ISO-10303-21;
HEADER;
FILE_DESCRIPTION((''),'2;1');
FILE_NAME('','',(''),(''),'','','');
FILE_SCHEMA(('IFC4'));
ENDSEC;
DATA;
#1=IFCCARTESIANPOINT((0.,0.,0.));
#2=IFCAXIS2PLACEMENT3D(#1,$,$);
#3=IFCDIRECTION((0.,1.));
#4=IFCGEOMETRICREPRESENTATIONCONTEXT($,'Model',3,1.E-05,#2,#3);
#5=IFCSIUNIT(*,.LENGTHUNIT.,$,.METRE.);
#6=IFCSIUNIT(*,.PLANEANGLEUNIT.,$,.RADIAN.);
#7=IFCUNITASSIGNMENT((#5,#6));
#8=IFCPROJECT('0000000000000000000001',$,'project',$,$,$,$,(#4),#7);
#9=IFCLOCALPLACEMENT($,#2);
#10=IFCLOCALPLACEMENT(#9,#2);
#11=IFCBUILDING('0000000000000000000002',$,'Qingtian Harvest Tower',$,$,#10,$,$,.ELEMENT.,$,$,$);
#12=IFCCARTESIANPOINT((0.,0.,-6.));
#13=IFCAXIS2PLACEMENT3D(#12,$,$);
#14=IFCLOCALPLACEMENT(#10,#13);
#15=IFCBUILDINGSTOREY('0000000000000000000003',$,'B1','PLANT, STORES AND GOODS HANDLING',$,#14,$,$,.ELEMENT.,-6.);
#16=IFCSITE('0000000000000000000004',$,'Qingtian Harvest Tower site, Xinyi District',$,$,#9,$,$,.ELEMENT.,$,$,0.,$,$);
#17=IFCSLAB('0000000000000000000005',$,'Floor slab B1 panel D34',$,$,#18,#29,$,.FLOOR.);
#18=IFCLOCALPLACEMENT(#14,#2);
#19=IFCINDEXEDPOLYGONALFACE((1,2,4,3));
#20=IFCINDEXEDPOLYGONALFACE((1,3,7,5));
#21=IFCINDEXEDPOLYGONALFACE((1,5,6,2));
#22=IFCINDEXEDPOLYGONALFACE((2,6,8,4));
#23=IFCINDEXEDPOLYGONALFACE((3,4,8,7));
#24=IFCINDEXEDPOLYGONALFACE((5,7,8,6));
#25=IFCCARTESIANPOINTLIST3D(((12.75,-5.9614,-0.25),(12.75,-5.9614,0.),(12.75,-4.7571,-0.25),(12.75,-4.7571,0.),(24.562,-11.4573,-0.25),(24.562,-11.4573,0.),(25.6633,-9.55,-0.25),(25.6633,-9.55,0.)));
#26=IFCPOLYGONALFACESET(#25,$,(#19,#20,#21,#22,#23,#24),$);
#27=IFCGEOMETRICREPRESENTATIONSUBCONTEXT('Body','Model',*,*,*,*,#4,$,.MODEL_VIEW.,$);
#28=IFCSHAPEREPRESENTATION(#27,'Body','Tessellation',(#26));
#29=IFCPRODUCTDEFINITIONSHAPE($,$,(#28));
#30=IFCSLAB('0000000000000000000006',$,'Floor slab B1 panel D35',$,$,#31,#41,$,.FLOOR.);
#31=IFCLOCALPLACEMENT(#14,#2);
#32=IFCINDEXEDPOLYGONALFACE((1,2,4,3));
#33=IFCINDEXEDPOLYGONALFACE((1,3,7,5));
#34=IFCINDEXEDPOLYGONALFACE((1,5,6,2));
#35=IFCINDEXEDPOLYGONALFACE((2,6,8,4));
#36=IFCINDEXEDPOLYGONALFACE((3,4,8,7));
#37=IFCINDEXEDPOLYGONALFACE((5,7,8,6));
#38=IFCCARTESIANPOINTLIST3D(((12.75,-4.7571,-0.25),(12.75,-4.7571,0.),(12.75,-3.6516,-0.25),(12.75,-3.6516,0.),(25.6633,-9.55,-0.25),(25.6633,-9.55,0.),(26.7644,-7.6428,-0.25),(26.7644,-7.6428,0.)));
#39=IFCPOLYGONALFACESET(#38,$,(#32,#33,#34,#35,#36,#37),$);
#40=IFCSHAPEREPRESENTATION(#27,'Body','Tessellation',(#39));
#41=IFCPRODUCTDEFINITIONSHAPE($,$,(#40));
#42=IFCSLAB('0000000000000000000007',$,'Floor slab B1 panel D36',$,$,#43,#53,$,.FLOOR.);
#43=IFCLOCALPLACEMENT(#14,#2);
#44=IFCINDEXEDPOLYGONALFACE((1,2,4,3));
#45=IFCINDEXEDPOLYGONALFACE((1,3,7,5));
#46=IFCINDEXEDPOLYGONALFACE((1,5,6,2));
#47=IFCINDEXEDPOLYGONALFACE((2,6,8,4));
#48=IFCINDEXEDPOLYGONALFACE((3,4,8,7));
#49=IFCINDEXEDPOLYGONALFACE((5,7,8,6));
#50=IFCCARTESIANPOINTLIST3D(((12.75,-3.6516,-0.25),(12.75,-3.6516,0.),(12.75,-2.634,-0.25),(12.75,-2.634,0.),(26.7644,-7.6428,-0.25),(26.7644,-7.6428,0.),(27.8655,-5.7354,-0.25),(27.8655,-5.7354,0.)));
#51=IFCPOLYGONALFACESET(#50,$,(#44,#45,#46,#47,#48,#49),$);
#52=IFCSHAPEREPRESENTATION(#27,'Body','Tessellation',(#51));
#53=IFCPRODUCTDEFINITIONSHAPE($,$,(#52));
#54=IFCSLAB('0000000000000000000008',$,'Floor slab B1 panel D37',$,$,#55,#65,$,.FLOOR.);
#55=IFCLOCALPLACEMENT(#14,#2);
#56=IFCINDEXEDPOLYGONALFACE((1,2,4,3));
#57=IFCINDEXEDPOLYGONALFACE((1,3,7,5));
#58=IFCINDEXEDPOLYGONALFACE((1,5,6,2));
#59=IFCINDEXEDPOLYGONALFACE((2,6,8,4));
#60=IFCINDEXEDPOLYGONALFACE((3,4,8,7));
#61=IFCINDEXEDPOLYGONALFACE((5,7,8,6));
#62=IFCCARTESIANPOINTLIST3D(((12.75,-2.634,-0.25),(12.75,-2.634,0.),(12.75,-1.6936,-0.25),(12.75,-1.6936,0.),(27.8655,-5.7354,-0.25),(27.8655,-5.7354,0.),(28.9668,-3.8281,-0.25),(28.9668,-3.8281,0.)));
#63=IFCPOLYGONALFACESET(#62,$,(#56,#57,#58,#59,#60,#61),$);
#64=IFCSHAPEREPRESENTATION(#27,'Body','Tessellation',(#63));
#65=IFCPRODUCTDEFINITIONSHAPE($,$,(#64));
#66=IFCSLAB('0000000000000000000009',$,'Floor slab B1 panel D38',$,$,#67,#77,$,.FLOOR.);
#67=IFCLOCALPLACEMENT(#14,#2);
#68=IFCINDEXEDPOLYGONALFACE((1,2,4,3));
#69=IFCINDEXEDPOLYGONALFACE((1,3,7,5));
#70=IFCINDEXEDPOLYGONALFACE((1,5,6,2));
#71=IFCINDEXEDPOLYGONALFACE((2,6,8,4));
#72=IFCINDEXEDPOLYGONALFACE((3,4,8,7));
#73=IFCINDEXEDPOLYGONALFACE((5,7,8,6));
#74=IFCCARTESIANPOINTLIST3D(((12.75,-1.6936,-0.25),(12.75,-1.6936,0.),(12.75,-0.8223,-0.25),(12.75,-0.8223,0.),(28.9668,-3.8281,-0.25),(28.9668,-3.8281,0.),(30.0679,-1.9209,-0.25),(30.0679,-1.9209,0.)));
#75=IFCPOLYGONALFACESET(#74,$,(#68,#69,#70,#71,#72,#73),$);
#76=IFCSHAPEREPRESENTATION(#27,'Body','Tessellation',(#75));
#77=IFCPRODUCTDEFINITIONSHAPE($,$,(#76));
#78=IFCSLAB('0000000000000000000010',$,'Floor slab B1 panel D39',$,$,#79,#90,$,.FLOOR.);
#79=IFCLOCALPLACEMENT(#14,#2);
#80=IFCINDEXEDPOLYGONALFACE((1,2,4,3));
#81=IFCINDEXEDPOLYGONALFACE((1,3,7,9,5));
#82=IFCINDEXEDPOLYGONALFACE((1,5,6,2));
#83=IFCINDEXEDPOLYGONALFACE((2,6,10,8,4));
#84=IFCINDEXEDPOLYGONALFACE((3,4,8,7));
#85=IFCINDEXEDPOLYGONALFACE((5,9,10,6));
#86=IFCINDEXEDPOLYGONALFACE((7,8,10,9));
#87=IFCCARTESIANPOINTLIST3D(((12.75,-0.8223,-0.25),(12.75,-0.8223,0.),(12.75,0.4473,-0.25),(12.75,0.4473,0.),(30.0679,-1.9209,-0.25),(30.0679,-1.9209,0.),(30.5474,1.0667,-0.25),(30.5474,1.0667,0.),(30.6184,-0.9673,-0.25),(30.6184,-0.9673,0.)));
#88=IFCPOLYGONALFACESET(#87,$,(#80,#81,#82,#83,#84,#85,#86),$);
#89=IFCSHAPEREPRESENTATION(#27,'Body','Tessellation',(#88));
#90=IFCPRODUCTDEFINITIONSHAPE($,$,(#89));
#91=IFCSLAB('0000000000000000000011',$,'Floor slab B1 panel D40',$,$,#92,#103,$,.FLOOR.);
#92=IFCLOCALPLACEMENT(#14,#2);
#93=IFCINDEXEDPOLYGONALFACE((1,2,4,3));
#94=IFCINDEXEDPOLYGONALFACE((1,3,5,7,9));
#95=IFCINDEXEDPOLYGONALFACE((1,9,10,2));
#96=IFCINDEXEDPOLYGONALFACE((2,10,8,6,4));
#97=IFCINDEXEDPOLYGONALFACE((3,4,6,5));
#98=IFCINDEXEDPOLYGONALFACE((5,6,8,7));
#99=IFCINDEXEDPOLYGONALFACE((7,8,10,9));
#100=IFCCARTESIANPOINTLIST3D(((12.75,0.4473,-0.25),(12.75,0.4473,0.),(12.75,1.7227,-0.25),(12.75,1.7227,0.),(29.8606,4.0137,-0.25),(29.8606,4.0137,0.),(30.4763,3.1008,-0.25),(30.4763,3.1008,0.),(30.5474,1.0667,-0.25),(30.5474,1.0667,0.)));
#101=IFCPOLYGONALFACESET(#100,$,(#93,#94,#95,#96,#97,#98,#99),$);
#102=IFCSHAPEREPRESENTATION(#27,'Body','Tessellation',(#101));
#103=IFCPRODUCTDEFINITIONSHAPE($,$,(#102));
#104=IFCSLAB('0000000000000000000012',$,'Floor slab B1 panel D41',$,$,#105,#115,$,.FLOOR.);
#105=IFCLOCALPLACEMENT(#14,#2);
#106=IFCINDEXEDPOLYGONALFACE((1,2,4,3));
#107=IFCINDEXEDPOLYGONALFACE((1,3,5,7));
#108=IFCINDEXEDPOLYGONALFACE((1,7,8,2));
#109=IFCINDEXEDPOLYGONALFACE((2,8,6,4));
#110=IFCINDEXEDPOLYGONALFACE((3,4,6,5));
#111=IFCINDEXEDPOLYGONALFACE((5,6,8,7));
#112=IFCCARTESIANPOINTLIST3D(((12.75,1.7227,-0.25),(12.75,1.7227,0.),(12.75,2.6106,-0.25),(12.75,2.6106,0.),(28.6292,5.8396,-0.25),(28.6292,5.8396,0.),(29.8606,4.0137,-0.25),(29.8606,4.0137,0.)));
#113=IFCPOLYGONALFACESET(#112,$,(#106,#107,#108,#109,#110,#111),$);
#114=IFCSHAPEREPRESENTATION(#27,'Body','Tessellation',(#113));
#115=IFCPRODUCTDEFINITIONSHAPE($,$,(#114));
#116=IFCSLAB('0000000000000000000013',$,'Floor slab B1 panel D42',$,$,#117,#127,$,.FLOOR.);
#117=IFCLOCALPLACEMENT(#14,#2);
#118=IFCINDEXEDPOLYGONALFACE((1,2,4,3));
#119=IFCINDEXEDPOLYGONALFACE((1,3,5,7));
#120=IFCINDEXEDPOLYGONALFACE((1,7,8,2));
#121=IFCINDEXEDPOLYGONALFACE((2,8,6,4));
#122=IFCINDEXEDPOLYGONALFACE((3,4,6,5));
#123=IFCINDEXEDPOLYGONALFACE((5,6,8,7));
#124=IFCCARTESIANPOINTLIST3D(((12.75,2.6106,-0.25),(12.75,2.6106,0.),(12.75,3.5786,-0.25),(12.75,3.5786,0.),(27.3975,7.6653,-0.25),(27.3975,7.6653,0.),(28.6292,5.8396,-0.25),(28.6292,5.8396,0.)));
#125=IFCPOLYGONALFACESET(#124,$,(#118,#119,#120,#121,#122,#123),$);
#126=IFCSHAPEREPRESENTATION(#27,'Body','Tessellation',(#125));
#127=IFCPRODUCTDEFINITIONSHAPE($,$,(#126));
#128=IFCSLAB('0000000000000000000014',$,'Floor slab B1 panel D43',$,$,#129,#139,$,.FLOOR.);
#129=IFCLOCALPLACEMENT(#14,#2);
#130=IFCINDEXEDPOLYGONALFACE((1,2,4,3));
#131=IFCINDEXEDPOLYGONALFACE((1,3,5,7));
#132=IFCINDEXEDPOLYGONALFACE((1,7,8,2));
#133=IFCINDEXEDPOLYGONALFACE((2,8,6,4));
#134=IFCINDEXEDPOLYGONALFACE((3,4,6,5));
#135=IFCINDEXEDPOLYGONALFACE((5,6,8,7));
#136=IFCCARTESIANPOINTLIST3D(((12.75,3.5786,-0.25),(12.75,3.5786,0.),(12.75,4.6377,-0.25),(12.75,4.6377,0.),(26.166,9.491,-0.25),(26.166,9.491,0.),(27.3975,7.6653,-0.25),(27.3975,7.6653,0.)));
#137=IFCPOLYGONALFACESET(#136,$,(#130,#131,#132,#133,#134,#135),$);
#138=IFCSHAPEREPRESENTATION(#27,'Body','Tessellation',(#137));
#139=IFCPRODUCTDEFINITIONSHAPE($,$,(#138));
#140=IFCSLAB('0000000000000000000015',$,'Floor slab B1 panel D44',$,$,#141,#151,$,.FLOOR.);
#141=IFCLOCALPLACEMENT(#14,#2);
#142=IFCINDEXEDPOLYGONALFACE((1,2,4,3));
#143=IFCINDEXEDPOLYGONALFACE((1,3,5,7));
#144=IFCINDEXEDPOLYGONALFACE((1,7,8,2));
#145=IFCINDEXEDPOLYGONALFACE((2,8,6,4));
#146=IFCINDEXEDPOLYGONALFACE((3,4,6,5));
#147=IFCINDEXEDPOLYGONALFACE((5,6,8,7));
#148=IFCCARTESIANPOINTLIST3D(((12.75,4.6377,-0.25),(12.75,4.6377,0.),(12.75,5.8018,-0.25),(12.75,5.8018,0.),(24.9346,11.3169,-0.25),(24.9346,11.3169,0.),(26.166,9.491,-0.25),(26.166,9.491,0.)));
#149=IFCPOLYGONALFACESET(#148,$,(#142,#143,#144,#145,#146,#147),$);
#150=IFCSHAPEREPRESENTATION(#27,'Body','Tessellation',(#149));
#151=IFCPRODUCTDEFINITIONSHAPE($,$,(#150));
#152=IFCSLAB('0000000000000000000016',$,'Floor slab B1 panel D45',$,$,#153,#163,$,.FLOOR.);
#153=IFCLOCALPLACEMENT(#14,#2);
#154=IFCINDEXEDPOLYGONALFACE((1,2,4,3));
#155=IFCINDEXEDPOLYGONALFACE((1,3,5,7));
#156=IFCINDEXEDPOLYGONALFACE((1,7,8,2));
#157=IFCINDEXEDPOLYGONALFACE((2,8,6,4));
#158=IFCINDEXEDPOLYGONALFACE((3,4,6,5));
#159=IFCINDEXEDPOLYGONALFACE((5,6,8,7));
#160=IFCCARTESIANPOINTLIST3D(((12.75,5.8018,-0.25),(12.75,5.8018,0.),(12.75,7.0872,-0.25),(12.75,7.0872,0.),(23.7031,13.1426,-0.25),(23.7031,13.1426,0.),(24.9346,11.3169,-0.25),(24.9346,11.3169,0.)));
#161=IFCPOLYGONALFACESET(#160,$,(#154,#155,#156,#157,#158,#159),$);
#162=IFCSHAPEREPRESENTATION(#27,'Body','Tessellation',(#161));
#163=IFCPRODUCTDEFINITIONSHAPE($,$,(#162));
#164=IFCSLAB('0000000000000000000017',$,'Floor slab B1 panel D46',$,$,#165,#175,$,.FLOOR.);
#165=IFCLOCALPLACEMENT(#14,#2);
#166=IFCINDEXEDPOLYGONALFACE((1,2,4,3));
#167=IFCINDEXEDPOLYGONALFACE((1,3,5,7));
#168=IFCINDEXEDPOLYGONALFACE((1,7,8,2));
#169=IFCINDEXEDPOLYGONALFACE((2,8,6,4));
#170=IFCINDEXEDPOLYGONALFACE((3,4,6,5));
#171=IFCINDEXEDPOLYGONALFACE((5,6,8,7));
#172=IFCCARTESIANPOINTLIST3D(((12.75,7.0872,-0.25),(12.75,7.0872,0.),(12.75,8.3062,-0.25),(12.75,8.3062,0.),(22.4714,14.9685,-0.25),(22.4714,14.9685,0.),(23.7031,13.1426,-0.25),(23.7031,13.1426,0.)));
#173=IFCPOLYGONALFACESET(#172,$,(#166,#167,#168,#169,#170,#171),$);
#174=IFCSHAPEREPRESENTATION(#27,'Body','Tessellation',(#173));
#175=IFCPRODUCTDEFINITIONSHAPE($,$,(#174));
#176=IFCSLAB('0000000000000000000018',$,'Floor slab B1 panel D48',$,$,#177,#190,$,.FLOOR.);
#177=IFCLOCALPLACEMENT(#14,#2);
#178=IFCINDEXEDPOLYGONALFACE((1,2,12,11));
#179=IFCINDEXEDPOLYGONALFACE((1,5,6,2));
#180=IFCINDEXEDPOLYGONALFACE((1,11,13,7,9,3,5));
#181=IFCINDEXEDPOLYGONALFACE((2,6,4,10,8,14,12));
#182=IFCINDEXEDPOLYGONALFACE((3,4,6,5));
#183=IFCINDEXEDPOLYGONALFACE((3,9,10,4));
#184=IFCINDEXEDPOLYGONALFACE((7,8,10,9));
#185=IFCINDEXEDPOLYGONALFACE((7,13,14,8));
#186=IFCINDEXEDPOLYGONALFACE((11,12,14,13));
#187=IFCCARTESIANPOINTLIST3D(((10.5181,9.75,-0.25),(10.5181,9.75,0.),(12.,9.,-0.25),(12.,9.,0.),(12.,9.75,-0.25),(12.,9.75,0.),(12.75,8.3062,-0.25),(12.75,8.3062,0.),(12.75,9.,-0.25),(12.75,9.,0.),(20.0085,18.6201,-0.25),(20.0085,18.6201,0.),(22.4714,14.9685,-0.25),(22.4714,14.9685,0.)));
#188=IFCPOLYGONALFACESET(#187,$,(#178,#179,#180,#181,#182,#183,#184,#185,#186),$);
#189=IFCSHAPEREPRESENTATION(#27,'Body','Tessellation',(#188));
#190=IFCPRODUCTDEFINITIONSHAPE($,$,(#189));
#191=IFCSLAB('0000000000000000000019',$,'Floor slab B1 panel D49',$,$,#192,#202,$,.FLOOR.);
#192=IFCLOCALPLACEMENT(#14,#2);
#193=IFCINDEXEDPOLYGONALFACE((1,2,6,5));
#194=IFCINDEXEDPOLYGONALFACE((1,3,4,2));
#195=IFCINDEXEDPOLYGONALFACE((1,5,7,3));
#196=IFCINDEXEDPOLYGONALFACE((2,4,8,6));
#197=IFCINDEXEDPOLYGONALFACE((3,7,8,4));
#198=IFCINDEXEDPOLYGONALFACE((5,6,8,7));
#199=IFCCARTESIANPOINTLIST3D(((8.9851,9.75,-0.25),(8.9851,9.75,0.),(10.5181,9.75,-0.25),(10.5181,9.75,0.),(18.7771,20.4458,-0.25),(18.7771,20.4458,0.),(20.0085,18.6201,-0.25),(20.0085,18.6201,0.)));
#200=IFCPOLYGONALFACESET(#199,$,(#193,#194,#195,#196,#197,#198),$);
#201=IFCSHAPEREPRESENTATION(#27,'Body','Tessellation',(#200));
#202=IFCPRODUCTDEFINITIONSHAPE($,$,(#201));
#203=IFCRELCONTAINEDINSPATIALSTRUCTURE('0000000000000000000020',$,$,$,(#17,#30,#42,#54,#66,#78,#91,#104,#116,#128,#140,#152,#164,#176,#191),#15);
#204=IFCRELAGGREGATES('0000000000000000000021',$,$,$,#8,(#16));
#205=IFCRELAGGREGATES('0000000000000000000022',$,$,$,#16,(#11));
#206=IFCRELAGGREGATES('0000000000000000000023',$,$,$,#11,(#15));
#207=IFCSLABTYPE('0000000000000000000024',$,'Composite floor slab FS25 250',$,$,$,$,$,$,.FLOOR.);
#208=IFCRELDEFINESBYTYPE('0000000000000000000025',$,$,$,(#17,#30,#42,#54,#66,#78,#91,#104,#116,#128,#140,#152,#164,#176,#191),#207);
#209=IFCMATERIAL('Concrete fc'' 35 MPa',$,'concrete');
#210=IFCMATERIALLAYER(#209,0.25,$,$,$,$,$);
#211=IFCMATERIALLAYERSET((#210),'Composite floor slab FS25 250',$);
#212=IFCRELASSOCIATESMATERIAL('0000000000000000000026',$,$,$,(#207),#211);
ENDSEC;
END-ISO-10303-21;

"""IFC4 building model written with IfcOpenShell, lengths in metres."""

from ifc_helpers import new_model, si_unit, direction, frame, origin, place, context, subcontext, project, spatial, polyline, outline, extrude, material, layer, layer_set, type_object, element, save


model = new_model("IFC4")

# Units and contexts
model_context = context("Model", 3, precision=1e-05, world=origin(), true_north=direction((0.0, 1.0)))
body_context = subcontext(model_context, "Body", "Model", "MODEL_VIEW")
ifc_project = project(units=[si_unit("LENGTHUNIT", "METRE"), si_unit("PLANEANGLEUNIT", "RADIAN")], contexts=[model_context])

# Site, building, storey
site_placement = place(None, origin())
site = spatial("IfcSite", under=ifc_project, at=site_placement, Name="Qingtian Harvest Tower site, Xinyi District", CompositionType="ELEMENT", RefElevation=0.0)
building_placement = place(site_placement, origin())
building = spatial("IfcBuilding", under=site, at=building_placement, Name="Qingtian Harvest Tower", CompositionType="ELEMENT")
storey_placement = place(building_placement, frame((0.0, 0.0, -6.0)))
storey = spatial("IfcBuildingStorey", under=building, at=storey_placement, Name="B1", Description="PLANT, STORES AND GOODS HANDLING", CompositionType="ELEMENT", Elevation=-6.0)

# Slabs
ifc_material_1 = material(Name="Concrete fc' 35 MPa", Category="concrete")
ifc_layer_1 = layer(ifc_material_1, 0.25)
ifc_layer_set_1 = layer_set([ifc_layer_1], Name="Composite floor slab FS25 250")
slab_type = type_object("IfcSlabType", Name="Composite floor slab FS25 250", PredefinedType="FLOOR", material=ifc_layer_set_1)
slab_1_placement = place(storey_placement, frame((0.0, 0.0, -0.25)))
element("IfcSlab", 1, at=slab_1_placement, inside=storey, type_object=slab_type, Name="Floor slab B1 panel D34", PredefinedType="FLOOR", context=body_context, shape_type="SweptSolid", body=[
    extrude(outline(polyline([(12.75, -4.7571), (25.6633, -9.55), (24.562, -11.4573), (12.75, -5.9614), (12.75, -4.7571)])), origin(), (0.0, 0.0, 1.0), 0.25),
])
slab_2_placement = place(storey_placement, frame((0.0, 0.0, -0.25)))
element("IfcSlab", 2, at=slab_2_placement, inside=storey, type_object=slab_type, Name="Floor slab B1 panel D35", PredefinedType="FLOOR", context=body_context, shape_type="SweptSolid", body=[
    extrude(outline(polyline([(12.75, -3.6516), (26.7644, -7.6428), (25.6633, -9.55), (12.75, -4.7571), (12.75, -3.6516)])), origin(), (0.0, 0.0, 1.0), 0.25),
])
slab_3_placement = place(storey_placement, frame((0.0, 0.0, -0.25)))
element("IfcSlab", 3, at=slab_3_placement, inside=storey, type_object=slab_type, Name="Floor slab B1 panel D36", PredefinedType="FLOOR", context=body_context, shape_type="SweptSolid", body=[
    extrude(outline(polyline([(12.75, -2.634), (27.8655, -5.7354), (26.7644, -7.6428), (12.75, -3.6516), (12.75, -2.634)])), origin(), (0.0, 0.0, 1.0), 0.25),
])
slab_4_placement = place(storey_placement, frame((0.0, 0.0, -0.25)))
element("IfcSlab", 4, at=slab_4_placement, inside=storey, type_object=slab_type, Name="Floor slab B1 panel D37", PredefinedType="FLOOR", context=body_context, shape_type="SweptSolid", body=[
    extrude(outline(polyline([(12.75, -1.6936), (28.9668, -3.8281), (27.8655, -5.7354), (12.75, -2.634), (12.75, -1.6936)])), origin(), (0.0, 0.0, 1.0), 0.25),
])
slab_5_placement = place(storey_placement, frame((0.0, 0.0, -0.25)))
element("IfcSlab", 5, at=slab_5_placement, inside=storey, type_object=slab_type, Name="Floor slab B1 panel D38", PredefinedType="FLOOR", context=body_context, shape_type="SweptSolid", body=[
    extrude(outline(polyline([(12.75, -0.8223), (30.0679, -1.9209), (28.9668, -3.8281), (12.75, -1.6936), (12.75, -0.8223)])), origin(), (0.0, 0.0, 1.0), 0.25),
])
slab_6_placement = place(storey_placement, frame((0.0, 0.0, -0.25)))
element("IfcSlab", 6, at=slab_6_placement, inside=storey, type_object=slab_type, Name="Floor slab B1 panel D39", PredefinedType="FLOOR", context=body_context, shape_type="SweptSolid", body=[
    extrude(outline(polyline([(12.75, -0.8223), (12.75, 0.4473), (30.5474, 1.0667), (30.6184, -0.9673), (30.0679, -1.9209), (12.75, -0.8223)])), origin(), (0.0, 0.0, 1.0), 0.25),
])
slab_7_placement = place(storey_placement, frame((0.0, 0.0, -0.25)))
element("IfcSlab", 7, at=slab_7_placement, inside=storey, type_object=slab_type, Name="Floor slab B1 panel D40", PredefinedType="FLOOR", context=body_context, shape_type="SweptSolid", body=[
    extrude(outline(polyline([(12.75, 0.4473), (12.75, 1.7227), (29.8606, 4.0137), (30.4763, 3.1008), (30.5474, 1.0667), (12.75, 0.4473)])), origin(), (0.0, 0.0, 1.0), 0.25),
])
slab_8_placement = place(storey_placement, frame((0.0, 0.0, -0.25)))
element("IfcSlab", 8, at=slab_8_placement, inside=storey, type_object=slab_type, Name="Floor slab B1 panel D41", PredefinedType="FLOOR", context=body_context, shape_type="SweptSolid", body=[
    extrude(outline(polyline([(12.75, 2.6106), (28.6292, 5.8396), (29.8606, 4.0137), (12.75, 1.7227), (12.75, 2.6106)])), origin(), (0.0, 0.0, 1.0), 0.25),
])
slab_9_placement = place(storey_placement, frame((0.0, 0.0, -0.25)))
element("IfcSlab", 9, at=slab_9_placement, inside=storey, type_object=slab_type, Name="Floor slab B1 panel D42", PredefinedType="FLOOR", context=body_context, shape_type="SweptSolid", body=[
    extrude(outline(polyline([(12.75, 3.5786), (27.3975, 7.6653), (28.6292, 5.8396), (12.75, 2.6106), (12.75, 3.5786)])), origin(), (0.0, 0.0, 1.0), 0.25),
])
slab_10_placement = place(storey_placement, frame((0.0, 0.0, -0.25)))
element("IfcSlab", 10, at=slab_10_placement, inside=storey, type_object=slab_type, Name="Floor slab B1 panel D43", PredefinedType="FLOOR", context=body_context, shape_type="SweptSolid", body=[
    extrude(outline(polyline([(12.75, 4.6377), (26.166, 9.491), (27.3975, 7.6653), (12.75, 3.5786), (12.75, 4.6377)])), origin(), (0.0, 0.0, 1.0), 0.25),
])
slab_11_placement = place(storey_placement, frame((0.0, 0.0, -0.25)))
element("IfcSlab", 11, at=slab_11_placement, inside=storey, type_object=slab_type, Name="Floor slab B1 panel D44", PredefinedType="FLOOR", context=body_context, shape_type="SweptSolid", body=[
    extrude(outline(polyline([(12.75, 5.8018), (24.9346, 11.3169), (26.166, 9.491), (12.75, 4.6377), (12.75, 5.8018)])), origin(), (0.0, 0.0, 1.0), 0.25),
])
slab_12_placement = place(storey_placement, frame((0.0, 0.0, -0.25)))
element("IfcSlab", 12, at=slab_12_placement, inside=storey, type_object=slab_type, Name="Floor slab B1 panel D45", PredefinedType="FLOOR", context=body_context, shape_type="SweptSolid", body=[
    extrude(outline(polyline([(12.75, 7.0872), (23.7031, 13.1426), (24.9346, 11.3169), (12.75, 5.8018), (12.75, 7.0872)])), origin(), (0.0, 0.0, 1.0), 0.25),
])
slab_13_placement = place(storey_placement, frame((0.0, 0.0, -0.25)))
element("IfcSlab", 13, at=slab_13_placement, inside=storey, type_object=slab_type, Name="Floor slab B1 panel D46", PredefinedType="FLOOR", context=body_context, shape_type="SweptSolid", body=[
    extrude(outline(polyline([(12.75, 8.3062), (22.4714, 14.9685), (23.7031, 13.1426), (12.75, 7.0872), (12.75, 8.3062)])), origin(), (0.0, 0.0, 1.0), 0.25),
])
slab_14_placement = place(storey_placement, frame((0.0, 0.0, -0.25)))
element("IfcSlab", 14, at=slab_14_placement, inside=storey, type_object=slab_type, Name="Floor slab B1 panel D48", PredefinedType="FLOOR", context=body_context, shape_type="SweptSolid", body=[
    extrude(outline(polyline([(20.0085, 18.6201), (22.4714, 14.9685), (12.75, 8.3062), (12.75, 9.0), (12.0, 9.0), (12.0, 9.75), (10.5181, 9.75), (20.0085, 18.6201)])), origin(), (0.0, 0.0, 1.0), 0.25),
])
slab_15_placement = place(storey_placement, frame((0.0, 0.0, -0.25)))
element("IfcSlab", 15, at=slab_15_placement, inside=storey, type_object=slab_type, Name="Floor slab B1 panel D49", PredefinedType="FLOOR", context=body_context, shape_type="SweptSolid", body=[
    extrude(outline(polyline([(8.9851, 9.75), (18.7771, 20.4458), (20.0085, 18.6201), (10.5181, 9.75), (8.9851, 9.75)])), origin(), (0.0, 0.0, 1.0), 0.25),
])

save(model, "model.ifc")
